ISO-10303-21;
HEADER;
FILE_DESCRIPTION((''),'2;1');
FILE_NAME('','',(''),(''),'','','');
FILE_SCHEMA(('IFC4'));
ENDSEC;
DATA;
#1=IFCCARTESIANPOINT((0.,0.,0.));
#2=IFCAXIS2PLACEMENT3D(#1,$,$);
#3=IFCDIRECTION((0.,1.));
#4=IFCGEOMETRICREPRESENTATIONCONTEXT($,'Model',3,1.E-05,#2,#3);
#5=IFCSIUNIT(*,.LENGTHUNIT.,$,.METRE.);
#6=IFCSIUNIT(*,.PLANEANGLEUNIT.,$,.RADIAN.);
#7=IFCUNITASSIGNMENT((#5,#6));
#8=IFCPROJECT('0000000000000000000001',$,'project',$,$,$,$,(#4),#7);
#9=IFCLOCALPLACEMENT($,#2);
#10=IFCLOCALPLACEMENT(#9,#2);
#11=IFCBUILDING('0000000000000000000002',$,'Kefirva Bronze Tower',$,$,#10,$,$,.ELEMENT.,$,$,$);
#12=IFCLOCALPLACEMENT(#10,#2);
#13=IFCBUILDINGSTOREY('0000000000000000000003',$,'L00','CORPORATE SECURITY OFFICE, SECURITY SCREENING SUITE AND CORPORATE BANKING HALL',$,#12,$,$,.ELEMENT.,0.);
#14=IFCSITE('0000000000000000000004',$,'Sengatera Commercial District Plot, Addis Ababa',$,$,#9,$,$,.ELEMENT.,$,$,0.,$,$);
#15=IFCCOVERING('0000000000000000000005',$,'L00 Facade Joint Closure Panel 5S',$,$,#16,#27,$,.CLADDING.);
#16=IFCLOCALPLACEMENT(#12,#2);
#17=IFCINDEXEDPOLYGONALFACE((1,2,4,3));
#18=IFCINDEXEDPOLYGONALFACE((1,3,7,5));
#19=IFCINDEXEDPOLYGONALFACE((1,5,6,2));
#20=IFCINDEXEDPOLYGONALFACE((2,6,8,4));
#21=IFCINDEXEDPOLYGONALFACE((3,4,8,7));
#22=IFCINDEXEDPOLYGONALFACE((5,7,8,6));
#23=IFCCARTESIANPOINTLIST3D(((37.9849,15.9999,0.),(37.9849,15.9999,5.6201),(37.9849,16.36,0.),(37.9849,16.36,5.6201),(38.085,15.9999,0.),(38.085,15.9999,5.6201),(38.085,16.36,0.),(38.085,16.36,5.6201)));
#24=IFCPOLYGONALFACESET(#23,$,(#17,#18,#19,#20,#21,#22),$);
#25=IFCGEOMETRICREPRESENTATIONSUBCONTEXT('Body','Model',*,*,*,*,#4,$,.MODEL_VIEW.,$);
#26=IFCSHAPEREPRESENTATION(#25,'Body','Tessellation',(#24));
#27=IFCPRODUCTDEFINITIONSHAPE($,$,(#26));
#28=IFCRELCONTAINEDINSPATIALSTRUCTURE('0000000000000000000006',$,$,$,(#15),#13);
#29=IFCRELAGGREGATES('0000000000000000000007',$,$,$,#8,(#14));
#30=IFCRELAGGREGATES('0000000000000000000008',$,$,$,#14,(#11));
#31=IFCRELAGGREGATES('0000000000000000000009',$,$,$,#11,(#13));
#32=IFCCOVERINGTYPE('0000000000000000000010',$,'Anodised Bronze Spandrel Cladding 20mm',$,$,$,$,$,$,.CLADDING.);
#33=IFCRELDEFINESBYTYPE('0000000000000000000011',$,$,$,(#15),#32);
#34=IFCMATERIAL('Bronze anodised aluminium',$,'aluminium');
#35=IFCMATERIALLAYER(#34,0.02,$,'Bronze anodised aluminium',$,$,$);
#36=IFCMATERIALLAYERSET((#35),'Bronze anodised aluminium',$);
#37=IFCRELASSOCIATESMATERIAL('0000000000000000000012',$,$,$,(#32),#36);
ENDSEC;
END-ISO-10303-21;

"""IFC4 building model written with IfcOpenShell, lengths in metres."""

from ifc_helpers import new_model, si_unit, direction, frame, origin, origin_2d, place, context, subcontext, project, spatial, rectangle, extrude, material, layer, layer_set, type_object, element, save


model = new_model("IFC4")

# Units and contexts
model_context = context("Model", 3, precision=1e-05, world=origin(), true_north=direction((0.0, 1.0)))
body_context = subcontext(model_context, "Body", "Model", "MODEL_VIEW")
ifc_project = project(units=[si_unit("LENGTHUNIT", "METRE"), si_unit("PLANEANGLEUNIT", "RADIAN")], contexts=[model_context])

# Site, building, storey
site_placement = place(None, origin())
site = spatial("IfcSite", under=ifc_project, at=site_placement, Name="Sengatera Commercial District Plot, Addis Ababa", CompositionType="ELEMENT", RefElevation=0.0)
building_placement = place(site_placement, origin())
building = spatial("IfcBuilding", under=site, at=building_placement, Name="Kefirva Bronze Tower", CompositionType="ELEMENT")
storey_placement = place(building_placement, origin())
storey = spatial("IfcBuildingStorey", under=building, at=storey_placement, Name="L00", Description="CORPORATE SECURITY OFFICE, SECURITY SCREENING SUITE AND CORPORATE BANKING HALL", CompositionType="ELEMENT", Elevation=0.0)

# Shared definitions
ifc_material_1 = material(Name="Bronze anodised aluminium", Category="aluminium")

# Covering
ifc_layer_1 = layer(ifc_material_1, 0.02, Name="Bronze anodised aluminium")
ifc_layer_set_1 = layer_set([ifc_layer_1], Name="Bronze anodised aluminium")
covering_type = type_object("IfcCoveringType", Name="Anodised Bronze Spandrel Cladding 20mm", PredefinedType="CLADDING", material=ifc_layer_set_1)
covering_placement = place(storey_placement, frame((38.0349, 16.1799, 0.0), z_axis=(0.0, 0.0, 1.0), x_axis=(1.0, 0.0, 0.0)))
element("IfcCovering", 1, at=covering_placement, inside=storey, type_object=covering_type, Name="L00 Facade Joint Closure Panel 5S", PredefinedType="CLADDING", context=body_context, shape_type="SweptSolid", body=[
    extrude(rectangle(XDim=0.1001, YDim=0.3601, at=origin_2d()), origin(), (0.0, 0.0, 1.0), 5.6201),
])

save(model, "model.ifc")
